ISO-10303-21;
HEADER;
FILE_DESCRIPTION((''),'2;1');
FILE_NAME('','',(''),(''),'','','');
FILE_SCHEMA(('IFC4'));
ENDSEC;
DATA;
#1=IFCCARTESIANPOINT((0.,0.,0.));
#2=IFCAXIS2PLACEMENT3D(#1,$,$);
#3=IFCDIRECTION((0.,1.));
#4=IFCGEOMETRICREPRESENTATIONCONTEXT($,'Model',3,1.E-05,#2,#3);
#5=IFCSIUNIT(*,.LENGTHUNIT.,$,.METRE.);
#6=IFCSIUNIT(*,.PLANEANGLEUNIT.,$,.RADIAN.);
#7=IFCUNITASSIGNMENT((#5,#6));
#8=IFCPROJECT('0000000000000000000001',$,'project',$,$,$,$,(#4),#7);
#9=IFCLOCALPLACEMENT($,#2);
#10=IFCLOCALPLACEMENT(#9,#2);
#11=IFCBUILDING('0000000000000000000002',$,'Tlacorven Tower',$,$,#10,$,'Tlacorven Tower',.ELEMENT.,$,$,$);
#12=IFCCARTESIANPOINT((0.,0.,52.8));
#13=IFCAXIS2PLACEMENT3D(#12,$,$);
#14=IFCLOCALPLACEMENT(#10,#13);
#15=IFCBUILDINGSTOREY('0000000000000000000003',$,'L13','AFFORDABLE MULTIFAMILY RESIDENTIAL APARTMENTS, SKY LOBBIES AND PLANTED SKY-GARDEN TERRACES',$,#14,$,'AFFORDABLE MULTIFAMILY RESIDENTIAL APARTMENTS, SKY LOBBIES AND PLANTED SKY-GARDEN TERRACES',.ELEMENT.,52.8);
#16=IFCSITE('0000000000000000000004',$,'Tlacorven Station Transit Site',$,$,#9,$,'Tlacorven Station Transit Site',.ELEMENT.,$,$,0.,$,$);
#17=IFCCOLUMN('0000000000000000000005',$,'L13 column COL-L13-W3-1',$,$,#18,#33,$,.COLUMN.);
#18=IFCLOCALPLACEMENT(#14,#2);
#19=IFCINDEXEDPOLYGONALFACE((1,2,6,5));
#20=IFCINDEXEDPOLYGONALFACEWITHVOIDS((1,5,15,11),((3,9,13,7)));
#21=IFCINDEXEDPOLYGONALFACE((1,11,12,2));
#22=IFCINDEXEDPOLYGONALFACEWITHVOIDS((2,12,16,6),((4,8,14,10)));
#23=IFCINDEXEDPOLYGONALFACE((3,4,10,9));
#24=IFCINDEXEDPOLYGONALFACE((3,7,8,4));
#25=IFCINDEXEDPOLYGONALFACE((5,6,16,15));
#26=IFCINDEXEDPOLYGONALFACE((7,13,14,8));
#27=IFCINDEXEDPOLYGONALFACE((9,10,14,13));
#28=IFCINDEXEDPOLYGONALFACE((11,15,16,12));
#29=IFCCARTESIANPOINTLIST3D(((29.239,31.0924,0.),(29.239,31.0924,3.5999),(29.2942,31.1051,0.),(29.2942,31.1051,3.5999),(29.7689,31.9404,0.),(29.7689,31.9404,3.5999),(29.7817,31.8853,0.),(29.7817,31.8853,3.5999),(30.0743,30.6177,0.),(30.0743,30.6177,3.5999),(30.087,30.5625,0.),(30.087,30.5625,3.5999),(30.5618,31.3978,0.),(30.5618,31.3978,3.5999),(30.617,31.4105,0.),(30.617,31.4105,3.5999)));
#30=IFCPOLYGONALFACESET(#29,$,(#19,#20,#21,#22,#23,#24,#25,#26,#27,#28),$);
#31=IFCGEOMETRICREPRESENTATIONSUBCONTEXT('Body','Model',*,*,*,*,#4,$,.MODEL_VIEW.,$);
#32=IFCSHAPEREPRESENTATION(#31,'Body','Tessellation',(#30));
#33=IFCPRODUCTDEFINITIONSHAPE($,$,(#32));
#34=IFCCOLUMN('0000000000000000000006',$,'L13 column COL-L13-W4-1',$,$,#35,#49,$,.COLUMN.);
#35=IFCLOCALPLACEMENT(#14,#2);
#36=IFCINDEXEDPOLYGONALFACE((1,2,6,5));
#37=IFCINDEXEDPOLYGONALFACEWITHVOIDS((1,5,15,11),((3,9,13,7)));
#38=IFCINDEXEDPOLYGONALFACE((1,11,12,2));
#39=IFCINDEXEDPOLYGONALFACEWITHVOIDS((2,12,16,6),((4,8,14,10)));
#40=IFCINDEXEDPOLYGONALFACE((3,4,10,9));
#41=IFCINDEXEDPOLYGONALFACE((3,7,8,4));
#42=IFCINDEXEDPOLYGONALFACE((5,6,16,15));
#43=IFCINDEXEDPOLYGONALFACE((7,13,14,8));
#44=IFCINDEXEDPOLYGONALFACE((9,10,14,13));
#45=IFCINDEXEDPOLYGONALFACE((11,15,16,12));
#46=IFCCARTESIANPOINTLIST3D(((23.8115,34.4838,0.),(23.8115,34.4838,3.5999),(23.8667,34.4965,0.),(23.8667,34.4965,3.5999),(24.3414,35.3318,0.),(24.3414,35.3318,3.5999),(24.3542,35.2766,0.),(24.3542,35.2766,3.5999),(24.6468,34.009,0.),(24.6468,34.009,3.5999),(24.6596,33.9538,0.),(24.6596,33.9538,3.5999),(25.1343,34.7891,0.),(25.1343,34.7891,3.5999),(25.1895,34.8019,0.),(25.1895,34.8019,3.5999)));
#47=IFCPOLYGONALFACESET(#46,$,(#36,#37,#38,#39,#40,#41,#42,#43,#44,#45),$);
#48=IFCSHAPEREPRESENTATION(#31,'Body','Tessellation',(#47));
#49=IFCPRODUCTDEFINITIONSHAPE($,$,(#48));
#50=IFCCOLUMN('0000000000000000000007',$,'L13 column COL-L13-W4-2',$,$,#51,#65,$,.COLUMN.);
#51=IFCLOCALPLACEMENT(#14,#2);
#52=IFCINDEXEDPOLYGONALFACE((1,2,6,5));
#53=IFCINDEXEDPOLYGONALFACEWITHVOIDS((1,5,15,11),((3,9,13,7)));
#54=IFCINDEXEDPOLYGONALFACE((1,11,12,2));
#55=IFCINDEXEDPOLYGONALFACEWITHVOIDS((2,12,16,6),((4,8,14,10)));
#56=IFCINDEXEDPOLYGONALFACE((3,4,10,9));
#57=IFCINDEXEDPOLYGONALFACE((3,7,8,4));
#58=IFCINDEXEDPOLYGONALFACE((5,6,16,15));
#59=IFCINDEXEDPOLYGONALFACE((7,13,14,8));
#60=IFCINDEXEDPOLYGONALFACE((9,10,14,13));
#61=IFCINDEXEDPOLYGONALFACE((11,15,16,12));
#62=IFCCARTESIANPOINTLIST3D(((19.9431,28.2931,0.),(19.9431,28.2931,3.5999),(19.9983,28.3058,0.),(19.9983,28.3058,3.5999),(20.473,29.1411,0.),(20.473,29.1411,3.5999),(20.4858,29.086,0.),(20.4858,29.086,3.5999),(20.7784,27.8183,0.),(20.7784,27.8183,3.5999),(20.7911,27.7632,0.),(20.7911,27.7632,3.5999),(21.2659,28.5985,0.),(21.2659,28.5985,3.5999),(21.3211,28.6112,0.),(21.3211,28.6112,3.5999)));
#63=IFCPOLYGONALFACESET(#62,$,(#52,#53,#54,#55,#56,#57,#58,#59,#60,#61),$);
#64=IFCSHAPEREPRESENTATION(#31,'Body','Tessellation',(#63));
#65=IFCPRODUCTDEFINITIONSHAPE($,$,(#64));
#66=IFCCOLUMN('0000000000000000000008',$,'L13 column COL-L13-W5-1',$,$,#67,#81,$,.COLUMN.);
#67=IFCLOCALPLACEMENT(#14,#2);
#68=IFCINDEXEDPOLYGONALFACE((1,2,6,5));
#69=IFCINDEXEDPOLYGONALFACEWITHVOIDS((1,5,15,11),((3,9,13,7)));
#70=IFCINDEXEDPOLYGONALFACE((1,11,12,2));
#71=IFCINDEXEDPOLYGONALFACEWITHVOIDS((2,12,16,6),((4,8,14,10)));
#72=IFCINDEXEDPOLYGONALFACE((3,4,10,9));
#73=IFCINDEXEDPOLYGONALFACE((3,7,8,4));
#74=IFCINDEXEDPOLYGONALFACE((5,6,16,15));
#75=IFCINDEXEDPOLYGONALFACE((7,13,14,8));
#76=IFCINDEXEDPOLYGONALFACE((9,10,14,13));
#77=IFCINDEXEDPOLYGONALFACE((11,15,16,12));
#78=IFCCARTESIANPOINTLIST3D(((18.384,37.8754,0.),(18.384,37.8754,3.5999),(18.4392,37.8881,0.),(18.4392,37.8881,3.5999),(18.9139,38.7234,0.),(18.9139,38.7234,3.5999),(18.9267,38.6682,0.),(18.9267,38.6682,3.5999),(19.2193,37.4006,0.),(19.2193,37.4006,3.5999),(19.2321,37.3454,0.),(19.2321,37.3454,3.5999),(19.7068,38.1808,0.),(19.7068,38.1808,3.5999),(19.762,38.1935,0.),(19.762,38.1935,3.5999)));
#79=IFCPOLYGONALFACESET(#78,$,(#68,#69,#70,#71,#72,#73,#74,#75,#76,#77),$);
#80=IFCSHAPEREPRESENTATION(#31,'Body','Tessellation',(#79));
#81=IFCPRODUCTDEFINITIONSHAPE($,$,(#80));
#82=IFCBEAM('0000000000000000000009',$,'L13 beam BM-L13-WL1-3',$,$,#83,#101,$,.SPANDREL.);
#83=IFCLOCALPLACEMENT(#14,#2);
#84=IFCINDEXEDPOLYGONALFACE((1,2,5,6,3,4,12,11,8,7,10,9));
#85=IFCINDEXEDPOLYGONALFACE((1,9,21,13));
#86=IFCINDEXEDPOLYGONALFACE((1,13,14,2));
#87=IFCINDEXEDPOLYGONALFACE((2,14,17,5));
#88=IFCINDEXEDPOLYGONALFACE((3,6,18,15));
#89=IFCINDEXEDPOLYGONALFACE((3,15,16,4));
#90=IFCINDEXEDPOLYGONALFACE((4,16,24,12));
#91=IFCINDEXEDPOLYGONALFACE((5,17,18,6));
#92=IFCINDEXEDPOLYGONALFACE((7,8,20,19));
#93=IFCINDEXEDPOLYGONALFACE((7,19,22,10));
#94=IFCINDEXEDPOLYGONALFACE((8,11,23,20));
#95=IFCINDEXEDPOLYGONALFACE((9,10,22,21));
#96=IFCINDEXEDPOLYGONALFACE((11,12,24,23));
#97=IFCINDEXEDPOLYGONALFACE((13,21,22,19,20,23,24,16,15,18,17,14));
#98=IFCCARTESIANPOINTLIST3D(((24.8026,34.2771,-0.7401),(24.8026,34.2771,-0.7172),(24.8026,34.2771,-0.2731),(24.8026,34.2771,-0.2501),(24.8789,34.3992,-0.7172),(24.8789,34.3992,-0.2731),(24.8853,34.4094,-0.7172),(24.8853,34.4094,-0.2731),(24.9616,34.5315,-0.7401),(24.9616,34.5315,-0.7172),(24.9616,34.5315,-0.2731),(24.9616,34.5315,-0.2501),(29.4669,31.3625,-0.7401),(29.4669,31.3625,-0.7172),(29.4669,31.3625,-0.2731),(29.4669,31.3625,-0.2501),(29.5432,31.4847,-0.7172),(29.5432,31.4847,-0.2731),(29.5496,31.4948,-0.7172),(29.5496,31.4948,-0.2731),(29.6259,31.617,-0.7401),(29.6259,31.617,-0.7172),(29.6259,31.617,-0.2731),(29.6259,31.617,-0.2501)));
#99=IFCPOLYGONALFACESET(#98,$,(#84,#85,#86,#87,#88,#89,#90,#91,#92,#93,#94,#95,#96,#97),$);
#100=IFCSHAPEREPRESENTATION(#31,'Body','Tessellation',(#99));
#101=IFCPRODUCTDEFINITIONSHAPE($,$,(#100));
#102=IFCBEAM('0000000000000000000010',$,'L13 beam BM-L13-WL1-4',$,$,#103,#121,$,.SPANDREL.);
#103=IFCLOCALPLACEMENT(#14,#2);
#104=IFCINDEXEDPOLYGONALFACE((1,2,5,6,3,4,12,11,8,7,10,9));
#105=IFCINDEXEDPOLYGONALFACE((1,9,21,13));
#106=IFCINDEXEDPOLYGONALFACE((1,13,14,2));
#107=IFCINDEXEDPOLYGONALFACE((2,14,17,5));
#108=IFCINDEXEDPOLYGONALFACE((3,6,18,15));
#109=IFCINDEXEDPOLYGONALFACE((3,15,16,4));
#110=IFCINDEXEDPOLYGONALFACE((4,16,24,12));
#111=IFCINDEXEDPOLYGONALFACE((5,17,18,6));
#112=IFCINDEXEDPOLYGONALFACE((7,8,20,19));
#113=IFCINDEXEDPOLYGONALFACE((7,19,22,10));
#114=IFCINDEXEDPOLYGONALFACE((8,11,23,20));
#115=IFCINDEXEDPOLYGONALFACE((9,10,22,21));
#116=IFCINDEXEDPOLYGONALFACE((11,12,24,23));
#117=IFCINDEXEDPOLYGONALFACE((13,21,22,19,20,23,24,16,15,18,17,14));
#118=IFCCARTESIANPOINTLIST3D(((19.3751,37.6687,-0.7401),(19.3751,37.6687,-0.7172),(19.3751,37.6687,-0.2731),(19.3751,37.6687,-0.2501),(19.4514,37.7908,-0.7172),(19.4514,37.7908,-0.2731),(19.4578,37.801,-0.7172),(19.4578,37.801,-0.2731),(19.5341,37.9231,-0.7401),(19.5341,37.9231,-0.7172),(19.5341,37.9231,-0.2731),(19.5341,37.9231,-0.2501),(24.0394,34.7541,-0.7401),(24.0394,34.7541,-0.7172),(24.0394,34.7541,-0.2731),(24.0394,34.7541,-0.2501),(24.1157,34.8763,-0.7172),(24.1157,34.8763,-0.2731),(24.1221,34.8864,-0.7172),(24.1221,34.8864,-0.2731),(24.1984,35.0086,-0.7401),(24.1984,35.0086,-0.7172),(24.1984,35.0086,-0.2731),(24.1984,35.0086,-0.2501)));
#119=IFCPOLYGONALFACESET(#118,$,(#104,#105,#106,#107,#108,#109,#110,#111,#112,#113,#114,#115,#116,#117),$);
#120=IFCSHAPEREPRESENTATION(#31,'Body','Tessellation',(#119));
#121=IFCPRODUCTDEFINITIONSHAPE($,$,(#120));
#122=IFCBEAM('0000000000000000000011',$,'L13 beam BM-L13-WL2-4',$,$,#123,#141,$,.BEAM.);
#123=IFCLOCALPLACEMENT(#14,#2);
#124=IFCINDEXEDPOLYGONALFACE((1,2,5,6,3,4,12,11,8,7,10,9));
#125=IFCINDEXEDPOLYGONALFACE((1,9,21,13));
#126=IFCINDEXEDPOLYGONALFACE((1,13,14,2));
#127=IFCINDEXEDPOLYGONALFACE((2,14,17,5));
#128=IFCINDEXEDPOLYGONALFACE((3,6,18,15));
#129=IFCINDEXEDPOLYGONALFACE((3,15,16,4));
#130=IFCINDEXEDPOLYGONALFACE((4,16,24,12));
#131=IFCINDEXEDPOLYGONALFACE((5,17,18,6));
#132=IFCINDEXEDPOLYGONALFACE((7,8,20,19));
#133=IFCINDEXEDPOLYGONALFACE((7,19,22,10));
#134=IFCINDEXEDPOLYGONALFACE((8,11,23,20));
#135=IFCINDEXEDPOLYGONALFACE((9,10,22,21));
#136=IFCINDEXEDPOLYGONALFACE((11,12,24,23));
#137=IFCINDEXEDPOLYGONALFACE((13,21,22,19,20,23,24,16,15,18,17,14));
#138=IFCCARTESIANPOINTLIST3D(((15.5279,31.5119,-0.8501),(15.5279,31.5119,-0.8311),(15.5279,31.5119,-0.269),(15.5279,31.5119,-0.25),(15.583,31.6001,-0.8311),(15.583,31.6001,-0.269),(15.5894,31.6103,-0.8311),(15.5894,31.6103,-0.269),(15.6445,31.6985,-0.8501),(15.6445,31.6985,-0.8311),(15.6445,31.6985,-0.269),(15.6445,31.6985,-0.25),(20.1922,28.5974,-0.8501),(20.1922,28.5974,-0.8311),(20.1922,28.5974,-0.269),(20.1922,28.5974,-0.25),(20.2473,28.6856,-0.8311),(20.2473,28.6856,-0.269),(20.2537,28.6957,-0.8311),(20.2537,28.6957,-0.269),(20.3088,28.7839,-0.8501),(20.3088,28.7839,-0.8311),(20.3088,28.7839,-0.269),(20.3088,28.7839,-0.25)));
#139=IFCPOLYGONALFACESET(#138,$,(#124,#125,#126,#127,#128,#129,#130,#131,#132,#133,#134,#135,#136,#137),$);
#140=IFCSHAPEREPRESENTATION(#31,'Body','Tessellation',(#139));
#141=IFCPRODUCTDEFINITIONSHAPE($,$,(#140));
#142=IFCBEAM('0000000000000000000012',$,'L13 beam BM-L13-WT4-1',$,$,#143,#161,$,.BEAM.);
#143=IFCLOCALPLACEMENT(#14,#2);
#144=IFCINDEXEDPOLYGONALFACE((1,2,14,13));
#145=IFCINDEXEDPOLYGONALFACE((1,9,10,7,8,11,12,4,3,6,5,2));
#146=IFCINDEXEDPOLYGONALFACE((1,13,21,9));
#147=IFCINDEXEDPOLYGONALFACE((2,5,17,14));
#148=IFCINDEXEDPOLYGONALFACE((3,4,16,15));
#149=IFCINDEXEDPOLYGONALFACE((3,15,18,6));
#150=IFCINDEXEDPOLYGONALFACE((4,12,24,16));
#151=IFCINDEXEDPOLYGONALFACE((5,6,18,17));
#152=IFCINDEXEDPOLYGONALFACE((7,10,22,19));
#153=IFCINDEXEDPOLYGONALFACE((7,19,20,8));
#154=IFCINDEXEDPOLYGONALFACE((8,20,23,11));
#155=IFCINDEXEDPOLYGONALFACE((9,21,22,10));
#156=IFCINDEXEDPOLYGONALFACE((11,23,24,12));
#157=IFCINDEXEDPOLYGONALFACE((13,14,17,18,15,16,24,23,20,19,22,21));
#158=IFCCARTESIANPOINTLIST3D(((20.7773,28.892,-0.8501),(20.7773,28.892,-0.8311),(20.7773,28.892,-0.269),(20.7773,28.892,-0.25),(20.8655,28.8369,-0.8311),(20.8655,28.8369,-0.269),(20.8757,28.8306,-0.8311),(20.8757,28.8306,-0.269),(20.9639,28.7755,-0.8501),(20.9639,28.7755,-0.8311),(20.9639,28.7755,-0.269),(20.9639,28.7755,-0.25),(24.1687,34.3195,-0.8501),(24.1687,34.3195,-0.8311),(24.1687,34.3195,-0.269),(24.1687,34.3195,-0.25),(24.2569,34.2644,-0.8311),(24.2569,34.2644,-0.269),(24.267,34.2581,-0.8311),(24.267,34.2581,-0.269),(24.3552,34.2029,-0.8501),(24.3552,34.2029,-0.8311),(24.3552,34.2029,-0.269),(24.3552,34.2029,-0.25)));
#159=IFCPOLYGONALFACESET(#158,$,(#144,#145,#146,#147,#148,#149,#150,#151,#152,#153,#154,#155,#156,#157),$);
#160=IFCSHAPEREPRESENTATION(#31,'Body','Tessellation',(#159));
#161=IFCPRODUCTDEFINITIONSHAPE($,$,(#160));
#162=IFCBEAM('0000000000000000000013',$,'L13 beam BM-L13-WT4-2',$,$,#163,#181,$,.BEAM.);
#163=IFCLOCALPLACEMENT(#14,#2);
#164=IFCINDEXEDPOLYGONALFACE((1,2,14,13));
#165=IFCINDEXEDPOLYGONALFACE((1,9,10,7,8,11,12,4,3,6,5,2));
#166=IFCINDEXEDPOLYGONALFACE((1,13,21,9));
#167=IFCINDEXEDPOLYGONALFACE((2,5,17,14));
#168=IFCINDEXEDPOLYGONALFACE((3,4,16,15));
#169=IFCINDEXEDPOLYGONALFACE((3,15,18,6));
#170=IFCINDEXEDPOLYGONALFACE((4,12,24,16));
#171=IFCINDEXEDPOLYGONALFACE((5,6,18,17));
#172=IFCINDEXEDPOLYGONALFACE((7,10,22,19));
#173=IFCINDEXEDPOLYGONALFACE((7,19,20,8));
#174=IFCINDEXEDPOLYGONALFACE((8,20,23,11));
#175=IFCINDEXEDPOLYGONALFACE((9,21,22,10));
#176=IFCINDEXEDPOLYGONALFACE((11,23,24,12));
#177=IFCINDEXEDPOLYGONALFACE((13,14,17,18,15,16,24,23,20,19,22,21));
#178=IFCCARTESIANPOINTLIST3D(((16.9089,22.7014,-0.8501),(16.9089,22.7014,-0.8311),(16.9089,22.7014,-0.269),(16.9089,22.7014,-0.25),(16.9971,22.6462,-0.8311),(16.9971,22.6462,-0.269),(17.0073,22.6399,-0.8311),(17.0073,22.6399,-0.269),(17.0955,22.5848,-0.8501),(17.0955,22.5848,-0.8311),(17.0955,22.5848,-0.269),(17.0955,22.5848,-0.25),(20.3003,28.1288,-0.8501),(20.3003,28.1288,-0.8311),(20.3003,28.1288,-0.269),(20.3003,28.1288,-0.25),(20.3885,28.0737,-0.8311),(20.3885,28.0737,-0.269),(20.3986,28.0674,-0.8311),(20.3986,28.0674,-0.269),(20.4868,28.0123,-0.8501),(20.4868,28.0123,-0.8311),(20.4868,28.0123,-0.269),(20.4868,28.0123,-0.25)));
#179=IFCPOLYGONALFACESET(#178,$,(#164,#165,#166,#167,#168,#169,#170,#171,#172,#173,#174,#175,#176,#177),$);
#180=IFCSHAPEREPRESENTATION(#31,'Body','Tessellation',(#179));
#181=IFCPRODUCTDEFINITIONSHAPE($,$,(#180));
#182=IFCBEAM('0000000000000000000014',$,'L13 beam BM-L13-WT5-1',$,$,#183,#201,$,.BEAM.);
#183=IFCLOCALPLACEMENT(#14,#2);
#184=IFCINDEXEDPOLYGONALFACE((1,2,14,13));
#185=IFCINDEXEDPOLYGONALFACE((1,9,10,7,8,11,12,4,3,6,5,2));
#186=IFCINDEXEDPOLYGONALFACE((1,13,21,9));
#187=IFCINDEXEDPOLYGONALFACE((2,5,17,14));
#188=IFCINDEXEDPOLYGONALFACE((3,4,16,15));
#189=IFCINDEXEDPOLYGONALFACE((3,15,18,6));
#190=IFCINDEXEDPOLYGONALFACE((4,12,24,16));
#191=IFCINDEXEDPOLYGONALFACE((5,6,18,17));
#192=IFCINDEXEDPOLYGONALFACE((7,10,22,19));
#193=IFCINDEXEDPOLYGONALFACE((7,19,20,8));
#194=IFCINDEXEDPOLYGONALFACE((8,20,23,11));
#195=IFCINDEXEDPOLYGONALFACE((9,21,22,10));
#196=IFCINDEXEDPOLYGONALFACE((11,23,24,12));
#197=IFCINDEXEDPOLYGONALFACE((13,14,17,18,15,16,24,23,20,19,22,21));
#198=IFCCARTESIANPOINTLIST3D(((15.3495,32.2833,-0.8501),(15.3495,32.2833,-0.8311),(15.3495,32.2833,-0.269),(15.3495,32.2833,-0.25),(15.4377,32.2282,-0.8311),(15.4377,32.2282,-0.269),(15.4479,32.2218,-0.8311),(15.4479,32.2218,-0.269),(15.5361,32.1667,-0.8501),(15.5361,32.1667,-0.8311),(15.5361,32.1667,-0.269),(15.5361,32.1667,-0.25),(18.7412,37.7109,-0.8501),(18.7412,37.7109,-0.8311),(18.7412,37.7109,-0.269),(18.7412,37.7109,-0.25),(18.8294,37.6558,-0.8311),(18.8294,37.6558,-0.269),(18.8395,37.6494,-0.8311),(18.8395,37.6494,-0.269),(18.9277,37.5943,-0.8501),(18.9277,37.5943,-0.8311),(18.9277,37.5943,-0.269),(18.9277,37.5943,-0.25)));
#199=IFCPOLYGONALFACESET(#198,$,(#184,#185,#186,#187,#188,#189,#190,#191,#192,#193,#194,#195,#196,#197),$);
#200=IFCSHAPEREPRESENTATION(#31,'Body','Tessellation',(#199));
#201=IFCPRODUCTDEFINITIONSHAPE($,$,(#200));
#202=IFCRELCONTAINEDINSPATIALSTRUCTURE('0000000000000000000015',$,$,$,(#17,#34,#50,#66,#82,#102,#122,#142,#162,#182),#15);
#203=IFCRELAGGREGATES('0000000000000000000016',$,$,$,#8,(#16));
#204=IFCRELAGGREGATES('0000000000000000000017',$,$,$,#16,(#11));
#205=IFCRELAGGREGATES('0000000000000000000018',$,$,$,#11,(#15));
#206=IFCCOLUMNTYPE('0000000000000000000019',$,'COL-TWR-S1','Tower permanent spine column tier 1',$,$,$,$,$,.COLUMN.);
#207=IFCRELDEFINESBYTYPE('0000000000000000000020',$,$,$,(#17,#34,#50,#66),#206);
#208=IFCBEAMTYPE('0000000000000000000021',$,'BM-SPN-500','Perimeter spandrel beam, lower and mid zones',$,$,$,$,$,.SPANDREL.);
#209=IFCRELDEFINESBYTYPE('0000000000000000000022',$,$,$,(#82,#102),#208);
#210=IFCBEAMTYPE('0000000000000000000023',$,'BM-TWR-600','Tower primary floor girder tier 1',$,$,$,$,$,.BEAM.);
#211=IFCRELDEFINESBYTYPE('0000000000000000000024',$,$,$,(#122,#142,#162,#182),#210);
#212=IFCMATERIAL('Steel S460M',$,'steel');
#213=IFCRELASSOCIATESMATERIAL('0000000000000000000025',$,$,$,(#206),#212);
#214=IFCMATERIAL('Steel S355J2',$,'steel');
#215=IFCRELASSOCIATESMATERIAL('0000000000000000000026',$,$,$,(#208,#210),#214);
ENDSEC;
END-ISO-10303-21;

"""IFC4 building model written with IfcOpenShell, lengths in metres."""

from ifc_helpers import new_model, si_unit, direction, frame, origin, origin_2d, place, context, subcontext, project, spatial, hollow_rectangle, i_section, extrude, source, transform, mapped, material, material_profile, profile_set, type_object, element, save


model = new_model("IFC4")

# Units and contexts
model_context = context("Model", 3, precision=1e-05, world=origin(), true_north=direction((0.0, 1.0)))
body_context = subcontext(model_context, "Body", "Model", "MODEL_VIEW")
ifc_project = project(units=[si_unit("LENGTHUNIT", "METRE"), si_unit("PLANEANGLEUNIT", "RADIAN")], contexts=[model_context])

# Site, building, storey
site_placement = place(None, origin())
site = spatial("IfcSite", under=ifc_project, at=site_placement, Name="Tlacorven Station Transit Site", LongName="Tlacorven Station Transit Site", CompositionType="ELEMENT", RefElevation=0.0)
building_placement = place(site_placement, origin())
building = spatial("IfcBuilding", under=site, at=building_placement, Name="Tlacorven Tower", LongName="Tlacorven Tower", CompositionType="ELEMENT")
storey_placement = place(building_placement, frame((0.0, 0.0, 52.8)))
storey = spatial("IfcBuildingStorey", under=building, at=storey_placement, Name="L13", Description="AFFORDABLE MULTIFAMILY RESIDENTIAL APARTMENTS, SKY LOBBIES AND PLANTED SKY-GARDEN TERRACES", LongName="AFFORDABLE MULTIFAMILY RESIDENTIAL APARTMENTS, SKY LOBBIES AND PLANTED SKY-GARDEN TERRACES", CompositionType="ELEMENT", Elevation=52.8)

# Columns
ifc_material_1 = material(Name="Steel S460M", Category="steel")
ifc_material_profile_1 = material_profile(ifc_material_1, hollow_rectangle(XDim=1.0, YDim=1.0, WallThickness=0.04, at=origin_2d()), Name="BOX 1000X1000X40")
ifc_profile_set_1 = profile_set([ifc_material_profile_1], Name="Steel S460M")
column_type = type_object("IfcColumnType", Name="COL-TWR-S1", Description="Tower permanent spine column tier 1", PredefinedType="COLUMN", material=ifc_profile_set_1)
shared_shape_1 = source(origin(), body_context, "Body", "SweptSolid", [
    extrude(hollow_rectangle(XDim=1.0, YDim=1.0, WallThickness=0.04, at=origin_2d()), origin(), (0.0, 0.0, 1.0), 3.5999),
])
for number, where, z_axis, x_axis, name in (
    (1, (29.928, 31.2515, 0.0), (0.0, 0.0, 1.0), (-0.848048, 0.529919, 0.0), "L13 column COL-L13-W3-1"),
    (2, (24.5005, 34.6428, 0.0), (0.0, 0.0, 1.0), (-0.848048, 0.529919, 0.0), "L13 column COL-L13-W4-1"),
    (3, (20.6321, 28.4521, 0.0), (0.0, 0.0, 1.0), (-0.848048, 0.529919, 0.0), "L13 column COL-L13-W4-2"),
    (4, (19.073, 38.0344, 0.0), (0.0, 0.0, 1.0), (-0.848048, 0.529919, 0.0), "L13 column COL-L13-W5-1"),
):
    element("IfcColumn", number, at=place(storey_placement, frame(where, z_axis=z_axis, x_axis=x_axis)), inside=storey, type_object=column_type, Name=name, PredefinedType="COLUMN", context=body_context, shape_type="MappedRepresentation", body=[
        mapped(shared_shape_1, transform((0.0, 0.0, 0.0), scale=1.0)),
    ])

# Beams
ifc_material_2 = material(Name="Steel S355J2", Category="steel")
ifc_material_profile_2 = material_profile(ifc_material_2, i_section(OverallWidth=0.3, OverallDepth=0.49, WebThickness=0.012, FlangeThickness=0.0229, at=origin_2d()), Name="HEA 500")
ifc_profile_set_2 = profile_set([ifc_material_profile_2], Name="Steel S355J2")
beam_type_1 = type_object("IfcBeamType", Name="BM-SPN-500", Description="Perimeter spandrel beam, lower and mid zones", PredefinedType="SPANDREL", material=ifc_profile_set_2)
shared_shape_2 = source(origin(), body_context, "Body", "SweptSolid", [
    extrude(i_section(OverallWidth=0.3, OverallDepth=0.49, WebThickness=0.012, FlangeThickness=0.0229, at=origin_2d()), origin(), (0.0, 0.0, 1.0), 5.5),
])
for number, where, z_axis, x_axis, name in (
    (5, (29.5464, 31.4897, -0.4951), (-0.848051, 0.529915, 0.0), (-0.529915, -0.848051, 0.0), "L13 beam BM-L13-WL1-3"),
    (6, (24.1189, 34.8813, -0.4951), (-0.848051, 0.529915, 0.0), (-0.529915, -0.848051, 0.0), "L13 beam BM-L13-WL1-4"),
):
    element("IfcBeam", number, at=place(storey_placement, frame(where, z_axis=z_axis, x_axis=x_axis)), inside=storey, type_object=beam_type_1, Name=name, PredefinedType="SPANDREL", context=body_context, shape_type="MappedRepresentation", body=[
        mapped(shared_shape_2, transform((0.0, 0.0, 0.0), scale=1.0)),
    ])
ifc_material_profile_3 = material_profile(ifc_material_2, i_section(OverallWidth=0.22, OverallDepth=0.6001, WebThickness=0.012, FlangeThickness=0.019, at=origin_2d()), Name="IPE 600")
ifc_profile_set_3 = profile_set([ifc_material_profile_3], Name="Steel S355J2")
beam_type_2 = type_object("IfcBeamType", Name="BM-TWR-600", Description="Tower primary floor girder tier 1", PredefinedType="BEAM", material=ifc_profile_set_3)
shared_shape_3 = source(origin(), body_context, "Body", "SweptSolid", [
    extrude(i_section(OverallWidth=0.22, OverallDepth=0.6001, WebThickness=0.012, FlangeThickness=0.019, at=origin_2d()), origin(), (0.0, 0.0, 1.0), 5.5),
])
beam_1_placement = place(storey_placement, frame((20.2505, 28.6907, -0.55), z_axis=(-0.848051, 0.529915, 0.0), x_axis=(-0.529915, -0.848051, 0.0)))
element("IfcBeam", 7, at=beam_1_placement, inside=storey, type_object=beam_type_2, Name="L13 beam BM-L13-WL2-4", PredefinedType="BEAM", context=body_context, shape_type="MappedRepresentation", body=[
    mapped(shared_shape_3, transform((0.0, 0.0, 0.0), scale=1.0)),
])
shared_shape_4 = source(origin(), body_context, "Body", "SweptSolid", [
    extrude(i_section(OverallWidth=0.22, OverallDepth=0.6001, WebThickness=0.012, FlangeThickness=0.019, at=origin_2d()), origin(), (0.0, 0.0, 1.0), 6.3999),
])
for number, where, z_axis, x_axis, name in (
    (8, (24.262, 34.2612, -0.55), (-0.529906, -0.848056, 0.0), (0.848056, -0.529906, 0.0), "L13 beam BM-L13-WT4-1"),
    (9, (20.3936, 28.0706, -0.55), (-0.529906, -0.848056, 0.0), (0.848056, -0.529906, 0.0), "L13 beam BM-L13-WT4-2"),
):
    element("IfcBeam", number, at=place(storey_placement, frame(where, z_axis=z_axis, x_axis=x_axis)), inside=storey, type_object=beam_type_2, Name=name, PredefinedType="BEAM", context=body_context, shape_type="MappedRepresentation", body=[
        mapped(shared_shape_4, transform((0.0, 0.0, 0.0), scale=1.0)),
    ])
shared_shape_5 = source(origin(), body_context, "Body", "SweptSolid", [
    extrude(i_section(OverallWidth=0.22, OverallDepth=0.6001, WebThickness=0.012, FlangeThickness=0.019, at=origin_2d()), origin(), (0.0, 0.0, 1.0), 6.4001),
])
beam_2_placement = place(storey_placement, frame((18.8345, 37.6526, -0.55), z_axis=(-0.529934, -0.848039, 0.0), x_axis=(0.848039, -0.529934, 0.0)))
element("IfcBeam", 10, at=beam_2_placement, inside=storey, type_object=beam_type_2, Name="L13 beam BM-L13-WT5-1", PredefinedType="BEAM", context=body_context, shape_type="MappedRepresentation", body=[
    mapped(shared_shape_5, transform((0.0, 0.0, 0.0), scale=1.0)),
])

save(model, "model.ifc")
